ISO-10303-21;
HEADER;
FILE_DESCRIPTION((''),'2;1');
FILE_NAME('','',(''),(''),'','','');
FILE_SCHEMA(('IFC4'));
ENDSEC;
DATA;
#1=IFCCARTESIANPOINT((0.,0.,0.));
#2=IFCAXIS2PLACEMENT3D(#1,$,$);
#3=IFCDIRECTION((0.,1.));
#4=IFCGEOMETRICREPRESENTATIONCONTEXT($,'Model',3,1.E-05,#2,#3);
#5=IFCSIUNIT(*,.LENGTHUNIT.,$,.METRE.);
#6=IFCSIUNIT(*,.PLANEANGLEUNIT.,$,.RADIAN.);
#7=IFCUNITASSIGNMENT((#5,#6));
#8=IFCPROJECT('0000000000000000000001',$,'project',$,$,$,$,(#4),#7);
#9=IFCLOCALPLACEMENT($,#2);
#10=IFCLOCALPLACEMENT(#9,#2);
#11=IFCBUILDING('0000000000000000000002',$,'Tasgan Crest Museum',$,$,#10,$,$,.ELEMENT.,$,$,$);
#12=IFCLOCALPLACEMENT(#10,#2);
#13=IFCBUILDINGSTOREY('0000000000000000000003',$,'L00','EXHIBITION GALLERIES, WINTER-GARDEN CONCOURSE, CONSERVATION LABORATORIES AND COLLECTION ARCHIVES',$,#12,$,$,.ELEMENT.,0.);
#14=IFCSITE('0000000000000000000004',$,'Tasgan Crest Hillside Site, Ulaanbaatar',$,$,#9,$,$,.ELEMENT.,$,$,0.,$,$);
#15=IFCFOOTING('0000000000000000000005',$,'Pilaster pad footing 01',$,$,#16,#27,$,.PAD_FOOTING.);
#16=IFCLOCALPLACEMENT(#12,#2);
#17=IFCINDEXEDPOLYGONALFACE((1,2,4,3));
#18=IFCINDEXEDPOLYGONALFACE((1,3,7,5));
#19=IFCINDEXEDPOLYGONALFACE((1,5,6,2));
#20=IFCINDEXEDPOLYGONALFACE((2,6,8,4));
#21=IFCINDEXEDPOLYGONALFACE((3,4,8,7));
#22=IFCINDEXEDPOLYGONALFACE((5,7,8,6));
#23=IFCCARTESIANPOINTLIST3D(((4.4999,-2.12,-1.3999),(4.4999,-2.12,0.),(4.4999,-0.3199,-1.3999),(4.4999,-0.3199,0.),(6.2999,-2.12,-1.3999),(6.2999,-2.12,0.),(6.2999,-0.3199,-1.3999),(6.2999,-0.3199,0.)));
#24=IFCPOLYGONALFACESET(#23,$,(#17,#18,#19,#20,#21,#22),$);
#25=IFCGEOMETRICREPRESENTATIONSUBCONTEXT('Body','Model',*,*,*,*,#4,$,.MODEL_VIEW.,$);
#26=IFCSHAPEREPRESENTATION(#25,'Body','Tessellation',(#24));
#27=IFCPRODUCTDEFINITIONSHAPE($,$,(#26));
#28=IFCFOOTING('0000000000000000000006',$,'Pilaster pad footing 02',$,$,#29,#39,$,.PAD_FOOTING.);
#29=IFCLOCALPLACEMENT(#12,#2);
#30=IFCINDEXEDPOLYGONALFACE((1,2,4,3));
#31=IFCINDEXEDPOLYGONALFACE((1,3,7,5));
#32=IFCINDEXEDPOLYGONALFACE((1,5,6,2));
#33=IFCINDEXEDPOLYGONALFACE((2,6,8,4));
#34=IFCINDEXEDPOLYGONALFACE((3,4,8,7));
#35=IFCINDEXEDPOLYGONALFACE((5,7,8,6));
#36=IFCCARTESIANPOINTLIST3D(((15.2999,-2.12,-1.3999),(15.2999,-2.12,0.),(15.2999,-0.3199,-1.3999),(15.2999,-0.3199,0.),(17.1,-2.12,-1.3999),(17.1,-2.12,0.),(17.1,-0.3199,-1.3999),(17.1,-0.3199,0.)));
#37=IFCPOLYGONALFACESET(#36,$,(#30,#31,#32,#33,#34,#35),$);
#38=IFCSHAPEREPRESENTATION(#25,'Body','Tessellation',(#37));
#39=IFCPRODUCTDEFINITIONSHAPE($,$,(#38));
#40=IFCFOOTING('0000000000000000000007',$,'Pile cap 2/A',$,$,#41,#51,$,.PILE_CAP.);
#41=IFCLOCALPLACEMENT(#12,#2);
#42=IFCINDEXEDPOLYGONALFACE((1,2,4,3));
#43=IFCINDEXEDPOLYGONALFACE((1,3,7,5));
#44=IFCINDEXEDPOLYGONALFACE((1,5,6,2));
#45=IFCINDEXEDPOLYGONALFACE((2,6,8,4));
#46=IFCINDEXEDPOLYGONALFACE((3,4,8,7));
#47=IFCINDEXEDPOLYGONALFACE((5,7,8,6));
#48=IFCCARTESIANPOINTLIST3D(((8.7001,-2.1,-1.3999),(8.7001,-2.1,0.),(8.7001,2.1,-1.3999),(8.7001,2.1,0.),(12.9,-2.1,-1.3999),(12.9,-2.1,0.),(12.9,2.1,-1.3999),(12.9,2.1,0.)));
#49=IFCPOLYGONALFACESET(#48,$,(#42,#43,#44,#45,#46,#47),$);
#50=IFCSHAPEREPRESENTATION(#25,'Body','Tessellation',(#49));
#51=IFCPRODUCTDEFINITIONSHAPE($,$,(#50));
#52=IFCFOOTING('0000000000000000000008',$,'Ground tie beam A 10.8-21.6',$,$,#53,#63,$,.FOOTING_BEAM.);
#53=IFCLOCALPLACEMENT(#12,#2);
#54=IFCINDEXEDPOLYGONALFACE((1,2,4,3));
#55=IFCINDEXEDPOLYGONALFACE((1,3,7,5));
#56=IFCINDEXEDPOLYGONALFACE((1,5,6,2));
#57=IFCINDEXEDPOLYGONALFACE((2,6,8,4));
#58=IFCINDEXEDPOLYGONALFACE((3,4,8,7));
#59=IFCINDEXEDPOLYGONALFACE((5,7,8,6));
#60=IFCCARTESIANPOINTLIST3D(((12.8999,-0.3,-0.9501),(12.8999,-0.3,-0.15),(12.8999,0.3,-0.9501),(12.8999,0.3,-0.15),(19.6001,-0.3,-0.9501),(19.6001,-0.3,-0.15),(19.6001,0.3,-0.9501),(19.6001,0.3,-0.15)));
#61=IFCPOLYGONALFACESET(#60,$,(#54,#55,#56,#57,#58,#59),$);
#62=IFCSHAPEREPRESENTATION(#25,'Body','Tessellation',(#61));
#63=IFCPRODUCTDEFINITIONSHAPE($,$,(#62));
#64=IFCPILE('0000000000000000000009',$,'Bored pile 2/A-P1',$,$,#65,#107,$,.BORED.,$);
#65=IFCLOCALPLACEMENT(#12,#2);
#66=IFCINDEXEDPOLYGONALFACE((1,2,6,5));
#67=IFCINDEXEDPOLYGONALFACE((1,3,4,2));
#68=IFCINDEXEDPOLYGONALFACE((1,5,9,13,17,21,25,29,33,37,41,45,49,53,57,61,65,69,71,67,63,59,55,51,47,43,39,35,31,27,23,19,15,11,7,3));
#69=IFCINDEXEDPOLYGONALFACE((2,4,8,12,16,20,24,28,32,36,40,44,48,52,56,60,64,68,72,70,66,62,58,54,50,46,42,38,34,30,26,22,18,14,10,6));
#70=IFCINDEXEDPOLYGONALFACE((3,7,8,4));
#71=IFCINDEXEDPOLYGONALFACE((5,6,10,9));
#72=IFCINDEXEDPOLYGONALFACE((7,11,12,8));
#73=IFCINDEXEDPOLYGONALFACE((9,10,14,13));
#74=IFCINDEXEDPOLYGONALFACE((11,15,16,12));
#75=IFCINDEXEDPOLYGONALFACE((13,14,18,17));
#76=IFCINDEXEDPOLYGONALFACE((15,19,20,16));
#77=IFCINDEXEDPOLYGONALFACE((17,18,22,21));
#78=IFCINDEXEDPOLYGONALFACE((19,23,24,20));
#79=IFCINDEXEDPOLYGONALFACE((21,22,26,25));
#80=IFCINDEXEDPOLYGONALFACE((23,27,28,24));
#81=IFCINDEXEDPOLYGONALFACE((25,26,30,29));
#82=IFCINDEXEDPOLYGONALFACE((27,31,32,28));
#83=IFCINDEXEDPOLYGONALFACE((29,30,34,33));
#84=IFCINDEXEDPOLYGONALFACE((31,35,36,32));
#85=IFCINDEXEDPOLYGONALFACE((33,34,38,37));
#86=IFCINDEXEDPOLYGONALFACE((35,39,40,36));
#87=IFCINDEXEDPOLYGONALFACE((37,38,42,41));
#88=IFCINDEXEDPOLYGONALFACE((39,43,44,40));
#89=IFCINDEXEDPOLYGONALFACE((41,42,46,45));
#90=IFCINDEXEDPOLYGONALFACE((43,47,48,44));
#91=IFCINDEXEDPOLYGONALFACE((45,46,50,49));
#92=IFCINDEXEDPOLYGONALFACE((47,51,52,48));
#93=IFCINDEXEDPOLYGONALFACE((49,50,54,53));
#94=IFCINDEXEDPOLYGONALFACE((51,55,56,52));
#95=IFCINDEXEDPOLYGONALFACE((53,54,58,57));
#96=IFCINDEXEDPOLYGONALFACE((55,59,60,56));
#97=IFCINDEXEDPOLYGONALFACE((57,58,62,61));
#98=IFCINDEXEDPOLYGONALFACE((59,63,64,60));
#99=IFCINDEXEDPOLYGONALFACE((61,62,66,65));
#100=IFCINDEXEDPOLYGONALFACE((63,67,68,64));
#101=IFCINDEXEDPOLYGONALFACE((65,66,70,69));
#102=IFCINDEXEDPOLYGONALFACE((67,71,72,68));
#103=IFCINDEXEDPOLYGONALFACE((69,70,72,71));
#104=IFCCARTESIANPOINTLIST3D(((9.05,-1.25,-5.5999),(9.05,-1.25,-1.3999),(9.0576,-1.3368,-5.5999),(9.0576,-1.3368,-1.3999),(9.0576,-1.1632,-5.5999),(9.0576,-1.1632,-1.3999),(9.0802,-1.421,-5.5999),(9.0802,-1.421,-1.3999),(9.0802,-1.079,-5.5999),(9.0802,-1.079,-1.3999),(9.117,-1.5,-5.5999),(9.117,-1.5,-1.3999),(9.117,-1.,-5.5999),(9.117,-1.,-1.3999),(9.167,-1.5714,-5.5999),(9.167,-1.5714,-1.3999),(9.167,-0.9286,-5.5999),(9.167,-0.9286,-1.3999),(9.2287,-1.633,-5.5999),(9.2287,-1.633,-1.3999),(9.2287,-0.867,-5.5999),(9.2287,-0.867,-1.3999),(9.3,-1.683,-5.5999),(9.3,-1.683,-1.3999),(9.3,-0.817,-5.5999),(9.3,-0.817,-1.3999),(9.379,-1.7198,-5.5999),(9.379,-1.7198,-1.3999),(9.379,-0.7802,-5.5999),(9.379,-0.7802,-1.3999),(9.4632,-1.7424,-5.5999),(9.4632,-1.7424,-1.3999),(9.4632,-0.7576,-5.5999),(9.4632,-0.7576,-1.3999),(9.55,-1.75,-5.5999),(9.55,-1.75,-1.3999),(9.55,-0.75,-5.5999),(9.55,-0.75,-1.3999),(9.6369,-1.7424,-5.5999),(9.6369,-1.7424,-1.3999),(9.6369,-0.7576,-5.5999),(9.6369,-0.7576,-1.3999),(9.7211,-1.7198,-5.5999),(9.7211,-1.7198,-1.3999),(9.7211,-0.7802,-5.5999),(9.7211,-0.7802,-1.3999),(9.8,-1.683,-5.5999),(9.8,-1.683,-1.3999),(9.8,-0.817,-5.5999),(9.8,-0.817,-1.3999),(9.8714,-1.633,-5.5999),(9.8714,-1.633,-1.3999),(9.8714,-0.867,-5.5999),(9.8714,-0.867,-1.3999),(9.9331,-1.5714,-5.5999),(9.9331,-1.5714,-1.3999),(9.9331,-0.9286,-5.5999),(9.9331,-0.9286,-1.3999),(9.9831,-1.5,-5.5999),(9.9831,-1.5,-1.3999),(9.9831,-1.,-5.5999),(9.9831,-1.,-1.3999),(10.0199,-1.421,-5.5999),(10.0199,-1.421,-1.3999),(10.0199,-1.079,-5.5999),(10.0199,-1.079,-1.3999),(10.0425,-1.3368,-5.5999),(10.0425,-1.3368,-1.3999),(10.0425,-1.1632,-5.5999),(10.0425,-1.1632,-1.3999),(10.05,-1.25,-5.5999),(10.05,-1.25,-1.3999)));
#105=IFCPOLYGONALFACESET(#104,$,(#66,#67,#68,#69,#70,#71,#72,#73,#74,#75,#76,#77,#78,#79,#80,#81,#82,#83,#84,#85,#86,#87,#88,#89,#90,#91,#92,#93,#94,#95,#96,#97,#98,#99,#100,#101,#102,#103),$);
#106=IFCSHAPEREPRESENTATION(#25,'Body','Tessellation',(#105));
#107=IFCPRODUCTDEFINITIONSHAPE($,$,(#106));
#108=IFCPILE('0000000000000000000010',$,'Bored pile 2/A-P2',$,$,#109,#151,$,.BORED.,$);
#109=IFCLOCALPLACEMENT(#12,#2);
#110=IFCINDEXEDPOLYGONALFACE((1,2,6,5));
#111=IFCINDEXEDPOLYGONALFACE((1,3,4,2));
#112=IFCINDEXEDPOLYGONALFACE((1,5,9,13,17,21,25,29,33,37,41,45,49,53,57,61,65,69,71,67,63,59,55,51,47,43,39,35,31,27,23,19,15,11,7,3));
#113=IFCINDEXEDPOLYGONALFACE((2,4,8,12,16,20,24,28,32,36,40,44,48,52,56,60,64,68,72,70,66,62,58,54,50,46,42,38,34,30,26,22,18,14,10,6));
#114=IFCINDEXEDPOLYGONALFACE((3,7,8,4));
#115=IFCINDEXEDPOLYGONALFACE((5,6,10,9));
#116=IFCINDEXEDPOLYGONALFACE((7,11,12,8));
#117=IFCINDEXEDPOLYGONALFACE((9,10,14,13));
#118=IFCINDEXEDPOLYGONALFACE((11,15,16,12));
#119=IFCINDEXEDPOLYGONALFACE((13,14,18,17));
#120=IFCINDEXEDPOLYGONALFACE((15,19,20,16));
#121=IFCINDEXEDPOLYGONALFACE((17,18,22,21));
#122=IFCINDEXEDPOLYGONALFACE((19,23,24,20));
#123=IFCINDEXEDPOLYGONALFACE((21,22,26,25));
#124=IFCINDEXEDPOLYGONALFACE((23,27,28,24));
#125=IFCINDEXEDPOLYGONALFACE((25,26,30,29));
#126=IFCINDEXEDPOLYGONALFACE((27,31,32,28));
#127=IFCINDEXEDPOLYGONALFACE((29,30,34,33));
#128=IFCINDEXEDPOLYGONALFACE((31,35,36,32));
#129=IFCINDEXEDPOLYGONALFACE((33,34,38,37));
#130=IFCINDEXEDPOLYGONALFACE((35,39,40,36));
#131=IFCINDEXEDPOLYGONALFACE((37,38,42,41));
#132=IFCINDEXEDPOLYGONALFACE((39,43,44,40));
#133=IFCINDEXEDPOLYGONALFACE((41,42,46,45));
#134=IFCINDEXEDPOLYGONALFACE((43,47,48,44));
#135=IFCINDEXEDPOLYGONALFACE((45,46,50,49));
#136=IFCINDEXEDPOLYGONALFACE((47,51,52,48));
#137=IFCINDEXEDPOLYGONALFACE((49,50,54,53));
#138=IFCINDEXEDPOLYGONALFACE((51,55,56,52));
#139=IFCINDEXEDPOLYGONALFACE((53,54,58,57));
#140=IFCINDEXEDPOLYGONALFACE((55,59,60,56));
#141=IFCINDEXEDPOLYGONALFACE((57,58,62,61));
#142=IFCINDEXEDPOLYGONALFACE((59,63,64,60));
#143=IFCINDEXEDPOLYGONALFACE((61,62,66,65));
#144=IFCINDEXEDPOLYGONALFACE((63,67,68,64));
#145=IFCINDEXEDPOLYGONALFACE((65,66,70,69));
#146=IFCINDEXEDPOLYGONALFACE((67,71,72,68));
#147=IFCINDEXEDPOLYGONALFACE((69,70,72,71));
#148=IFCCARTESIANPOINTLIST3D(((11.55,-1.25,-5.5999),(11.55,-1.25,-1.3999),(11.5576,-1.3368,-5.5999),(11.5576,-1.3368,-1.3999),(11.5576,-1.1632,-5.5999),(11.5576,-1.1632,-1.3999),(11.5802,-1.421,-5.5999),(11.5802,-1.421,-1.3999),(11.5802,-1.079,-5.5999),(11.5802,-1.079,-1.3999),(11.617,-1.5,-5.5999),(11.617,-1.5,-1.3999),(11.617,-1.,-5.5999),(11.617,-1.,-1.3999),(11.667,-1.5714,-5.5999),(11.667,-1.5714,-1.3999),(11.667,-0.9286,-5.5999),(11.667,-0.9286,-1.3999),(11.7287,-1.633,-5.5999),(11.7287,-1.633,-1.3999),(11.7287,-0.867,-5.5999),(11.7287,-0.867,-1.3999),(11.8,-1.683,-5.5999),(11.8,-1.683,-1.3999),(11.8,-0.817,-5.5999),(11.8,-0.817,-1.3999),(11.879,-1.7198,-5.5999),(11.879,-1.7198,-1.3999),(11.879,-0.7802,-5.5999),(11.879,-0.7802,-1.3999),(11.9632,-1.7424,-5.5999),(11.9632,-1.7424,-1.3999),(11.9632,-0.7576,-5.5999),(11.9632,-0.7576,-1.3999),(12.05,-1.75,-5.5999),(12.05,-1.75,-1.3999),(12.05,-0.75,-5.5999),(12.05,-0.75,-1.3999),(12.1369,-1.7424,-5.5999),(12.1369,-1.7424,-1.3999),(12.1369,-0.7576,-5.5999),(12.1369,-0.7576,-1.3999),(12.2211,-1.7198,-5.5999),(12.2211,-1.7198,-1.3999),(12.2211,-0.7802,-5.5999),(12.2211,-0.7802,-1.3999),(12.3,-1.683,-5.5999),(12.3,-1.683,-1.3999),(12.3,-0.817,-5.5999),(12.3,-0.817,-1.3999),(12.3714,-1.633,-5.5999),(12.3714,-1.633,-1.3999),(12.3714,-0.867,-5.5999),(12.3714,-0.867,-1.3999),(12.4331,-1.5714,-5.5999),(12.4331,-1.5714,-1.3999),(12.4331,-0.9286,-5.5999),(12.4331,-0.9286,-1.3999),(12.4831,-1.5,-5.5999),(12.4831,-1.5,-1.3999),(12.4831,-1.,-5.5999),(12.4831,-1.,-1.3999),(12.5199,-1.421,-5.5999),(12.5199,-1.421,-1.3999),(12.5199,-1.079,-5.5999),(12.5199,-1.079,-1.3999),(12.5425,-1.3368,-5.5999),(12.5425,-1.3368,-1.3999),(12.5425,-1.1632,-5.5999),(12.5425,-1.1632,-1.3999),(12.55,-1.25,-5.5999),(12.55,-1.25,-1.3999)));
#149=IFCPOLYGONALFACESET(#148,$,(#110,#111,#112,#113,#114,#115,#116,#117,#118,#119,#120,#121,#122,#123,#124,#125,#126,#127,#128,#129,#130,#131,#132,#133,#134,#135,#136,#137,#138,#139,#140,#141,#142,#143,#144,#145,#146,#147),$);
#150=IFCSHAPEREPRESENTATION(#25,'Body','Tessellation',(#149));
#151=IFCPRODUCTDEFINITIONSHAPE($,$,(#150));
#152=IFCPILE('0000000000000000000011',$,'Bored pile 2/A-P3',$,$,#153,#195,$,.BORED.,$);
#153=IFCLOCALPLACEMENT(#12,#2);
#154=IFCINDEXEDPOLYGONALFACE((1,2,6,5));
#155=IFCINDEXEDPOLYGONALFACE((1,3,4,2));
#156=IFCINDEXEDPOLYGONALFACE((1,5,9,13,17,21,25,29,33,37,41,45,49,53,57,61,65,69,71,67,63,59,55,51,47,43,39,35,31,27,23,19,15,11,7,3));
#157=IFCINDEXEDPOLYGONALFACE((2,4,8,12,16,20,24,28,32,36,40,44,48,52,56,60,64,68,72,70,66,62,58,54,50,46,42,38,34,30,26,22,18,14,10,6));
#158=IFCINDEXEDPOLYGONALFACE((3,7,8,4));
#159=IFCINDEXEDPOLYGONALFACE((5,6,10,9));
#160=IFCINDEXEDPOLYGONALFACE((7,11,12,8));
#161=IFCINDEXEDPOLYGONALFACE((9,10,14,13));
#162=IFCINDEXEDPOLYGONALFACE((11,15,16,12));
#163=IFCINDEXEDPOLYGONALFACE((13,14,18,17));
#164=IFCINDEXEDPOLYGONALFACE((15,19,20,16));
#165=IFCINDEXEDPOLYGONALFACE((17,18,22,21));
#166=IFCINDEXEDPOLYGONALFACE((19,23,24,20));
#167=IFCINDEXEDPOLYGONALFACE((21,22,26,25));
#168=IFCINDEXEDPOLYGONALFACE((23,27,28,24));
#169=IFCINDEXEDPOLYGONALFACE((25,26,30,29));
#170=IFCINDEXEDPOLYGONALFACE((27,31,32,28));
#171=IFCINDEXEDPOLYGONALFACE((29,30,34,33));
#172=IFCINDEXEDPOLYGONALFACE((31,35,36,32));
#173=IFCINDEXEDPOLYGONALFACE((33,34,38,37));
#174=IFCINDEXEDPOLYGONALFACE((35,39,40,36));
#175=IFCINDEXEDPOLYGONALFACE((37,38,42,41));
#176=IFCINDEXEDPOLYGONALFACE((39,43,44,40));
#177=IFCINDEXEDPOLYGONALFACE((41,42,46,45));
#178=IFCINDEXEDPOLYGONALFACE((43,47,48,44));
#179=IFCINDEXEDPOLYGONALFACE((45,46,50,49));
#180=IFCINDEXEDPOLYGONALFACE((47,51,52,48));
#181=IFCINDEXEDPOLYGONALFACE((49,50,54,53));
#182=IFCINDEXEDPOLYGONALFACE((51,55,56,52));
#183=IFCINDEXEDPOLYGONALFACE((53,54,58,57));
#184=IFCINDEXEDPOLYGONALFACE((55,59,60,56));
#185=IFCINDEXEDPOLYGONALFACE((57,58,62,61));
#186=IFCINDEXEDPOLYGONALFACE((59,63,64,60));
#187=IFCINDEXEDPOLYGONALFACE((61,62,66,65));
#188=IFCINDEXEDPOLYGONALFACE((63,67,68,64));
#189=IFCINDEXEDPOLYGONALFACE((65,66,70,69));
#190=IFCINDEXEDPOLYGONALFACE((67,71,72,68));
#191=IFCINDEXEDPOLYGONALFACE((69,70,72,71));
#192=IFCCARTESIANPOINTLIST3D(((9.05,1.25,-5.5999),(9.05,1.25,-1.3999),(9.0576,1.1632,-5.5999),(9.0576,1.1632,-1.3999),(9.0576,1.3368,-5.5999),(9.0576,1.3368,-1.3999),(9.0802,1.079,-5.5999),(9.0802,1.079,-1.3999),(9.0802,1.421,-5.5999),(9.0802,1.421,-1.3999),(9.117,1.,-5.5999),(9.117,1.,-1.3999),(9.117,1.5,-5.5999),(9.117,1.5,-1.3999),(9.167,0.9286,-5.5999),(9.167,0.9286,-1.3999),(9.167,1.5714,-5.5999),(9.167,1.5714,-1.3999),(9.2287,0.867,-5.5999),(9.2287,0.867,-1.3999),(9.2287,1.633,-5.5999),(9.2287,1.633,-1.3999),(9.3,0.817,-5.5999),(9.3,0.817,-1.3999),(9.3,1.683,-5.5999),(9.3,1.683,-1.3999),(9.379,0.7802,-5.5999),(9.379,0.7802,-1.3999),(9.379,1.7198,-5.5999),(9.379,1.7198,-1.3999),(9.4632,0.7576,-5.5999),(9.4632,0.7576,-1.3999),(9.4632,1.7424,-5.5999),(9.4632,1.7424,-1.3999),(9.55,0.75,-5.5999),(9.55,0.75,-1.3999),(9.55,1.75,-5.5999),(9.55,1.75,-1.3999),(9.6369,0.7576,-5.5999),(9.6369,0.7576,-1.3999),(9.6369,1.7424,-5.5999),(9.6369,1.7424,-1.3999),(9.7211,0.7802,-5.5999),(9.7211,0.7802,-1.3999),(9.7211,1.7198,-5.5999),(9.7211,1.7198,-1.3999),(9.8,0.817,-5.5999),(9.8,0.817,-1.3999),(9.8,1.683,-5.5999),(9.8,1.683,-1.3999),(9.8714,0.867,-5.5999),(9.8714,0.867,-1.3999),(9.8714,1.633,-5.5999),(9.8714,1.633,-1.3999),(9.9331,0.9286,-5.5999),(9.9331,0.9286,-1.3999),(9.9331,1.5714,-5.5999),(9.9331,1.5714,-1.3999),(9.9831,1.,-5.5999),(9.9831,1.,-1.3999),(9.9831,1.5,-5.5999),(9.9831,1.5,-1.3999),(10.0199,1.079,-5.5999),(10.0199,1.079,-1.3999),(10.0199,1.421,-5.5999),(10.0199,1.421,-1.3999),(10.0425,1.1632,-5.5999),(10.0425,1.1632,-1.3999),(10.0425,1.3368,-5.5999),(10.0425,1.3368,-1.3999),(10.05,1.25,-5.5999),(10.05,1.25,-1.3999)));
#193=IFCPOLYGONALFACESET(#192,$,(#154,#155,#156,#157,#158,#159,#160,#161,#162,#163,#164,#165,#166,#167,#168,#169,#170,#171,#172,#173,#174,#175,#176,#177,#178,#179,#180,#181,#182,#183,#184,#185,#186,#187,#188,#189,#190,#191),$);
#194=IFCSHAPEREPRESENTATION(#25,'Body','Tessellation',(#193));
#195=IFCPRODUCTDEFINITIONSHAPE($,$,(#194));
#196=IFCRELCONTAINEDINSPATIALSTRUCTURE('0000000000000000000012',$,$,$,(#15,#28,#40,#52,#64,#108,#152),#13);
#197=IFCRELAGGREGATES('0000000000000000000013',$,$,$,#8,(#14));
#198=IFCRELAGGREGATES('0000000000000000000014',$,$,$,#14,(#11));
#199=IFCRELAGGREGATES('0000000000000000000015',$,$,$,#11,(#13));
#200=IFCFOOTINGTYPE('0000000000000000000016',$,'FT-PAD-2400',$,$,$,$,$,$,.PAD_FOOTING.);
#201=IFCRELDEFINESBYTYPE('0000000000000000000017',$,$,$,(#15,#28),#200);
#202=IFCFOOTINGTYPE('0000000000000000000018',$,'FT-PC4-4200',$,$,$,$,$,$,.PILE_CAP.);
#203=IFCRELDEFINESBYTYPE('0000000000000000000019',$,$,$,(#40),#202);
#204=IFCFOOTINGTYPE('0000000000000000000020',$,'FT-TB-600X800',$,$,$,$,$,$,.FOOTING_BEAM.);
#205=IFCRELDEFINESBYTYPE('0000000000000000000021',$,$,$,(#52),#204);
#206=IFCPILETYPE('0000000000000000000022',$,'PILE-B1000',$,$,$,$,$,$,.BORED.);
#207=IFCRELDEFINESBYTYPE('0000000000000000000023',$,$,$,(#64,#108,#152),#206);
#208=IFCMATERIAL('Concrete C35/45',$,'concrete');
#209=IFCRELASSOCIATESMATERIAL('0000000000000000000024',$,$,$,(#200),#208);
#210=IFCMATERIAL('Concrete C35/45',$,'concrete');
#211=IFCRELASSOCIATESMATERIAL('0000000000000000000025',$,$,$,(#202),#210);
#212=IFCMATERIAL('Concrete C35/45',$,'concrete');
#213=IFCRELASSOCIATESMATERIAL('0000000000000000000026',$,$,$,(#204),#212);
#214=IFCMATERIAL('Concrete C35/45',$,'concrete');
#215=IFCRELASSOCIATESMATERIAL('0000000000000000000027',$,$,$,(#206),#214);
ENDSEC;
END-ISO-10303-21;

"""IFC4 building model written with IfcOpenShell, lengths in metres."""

from ifc_helpers import new_model, si_unit, direction, frame, origin, origin_2d, place, context, subcontext, project, spatial, rectangle, circle, extrude, material, material_profile, profile_set, type_object, element, save


model = new_model("IFC4")

# Units and contexts
model_context = context("Model", 3, precision=1e-05, world=origin(), true_north=direction((0.0, 1.0)))
body_context = subcontext(model_context, "Body", "Model", "MODEL_VIEW")
ifc_project = project(units=[si_unit("LENGTHUNIT", "METRE"), si_unit("PLANEANGLEUNIT", "RADIAN")], contexts=[model_context])

# Site, building, storey
site_placement = place(None, origin())
site = spatial("IfcSite", under=ifc_project, at=site_placement, Name="Tasgan Crest Hillside Site, Ulaanbaatar", CompositionType="ELEMENT", RefElevation=0.0)
building_placement = place(site_placement, origin())
building = spatial("IfcBuilding", under=site, at=building_placement, Name="Tasgan Crest Museum", CompositionType="ELEMENT")
storey_placement = place(building_placement, origin())
storey = spatial("IfcBuildingStorey", under=building, at=storey_placement, Name="L00", Description="EXHIBITION GALLERIES, WINTER-GARDEN CONCOURSE, CONSERVATION LABORATORIES AND COLLECTION ARCHIVES", CompositionType="ELEMENT", Elevation=0.0)

# Footings
ifc_material_1 = material(Name="Concrete C35/45", Category="concrete")
footing_type_1 = type_object("IfcFootingType", Name="FT-PAD-2400", PredefinedType="PAD_FOOTING", material=ifc_material_1)
for number, where, z_axis, x_axis, name in (
    (1, (5.3999, -1.22, -1.3999), (0.0, 0.0, 1.0), (1.0, 0.0, 0.0), "Pilaster pad footing 01"),
    (2, (16.2, -1.22, -1.3999), (0.0, 0.0, 1.0), (1.0, 0.0, 0.0), "Pilaster pad footing 02"),
):
    element("IfcFooting", number, at=place(storey_placement, frame(where, z_axis=z_axis, x_axis=x_axis)), inside=storey, type_object=footing_type_1, Name=name, PredefinedType="PAD_FOOTING", context=body_context, shape_type="SweptSolid", body=[
        extrude(rectangle(XDim=1.8, YDim=1.8, at=origin_2d()), origin(), (0.0, 0.0, 1.0), 1.3999),
    ])
ifc_material_2 = material(Name="Concrete C35/45", Category="concrete")
footing_type_2 = type_object("IfcFootingType", Name="FT-PC4-4200", PredefinedType="PILE_CAP", material=ifc_material_2)
footing_1_placement = place(storey_placement, frame((10.8, 0.0, -1.3999), z_axis=(0.0, 0.0, 1.0), x_axis=(1.0, 0.0, 0.0)))
element("IfcFooting", 3, at=footing_1_placement, inside=storey, type_object=footing_type_2, Name="Pile cap 2/A", PredefinedType="PILE_CAP", context=body_context, shape_type="SweptSolid", body=[
    extrude(rectangle(XDim=4.2, YDim=4.2, at=origin_2d()), origin(), (0.0, 0.0, 1.0), 1.3999),
])
ifc_material_3 = material(Name="Concrete C35/45", Category="concrete")
ifc_material_profile_1 = material_profile(ifc_material_3, rectangle(XDim=0.6001, YDim=0.8, at=origin_2d()), Name="TB 600x800")
ifc_profile_set_1 = profile_set([ifc_material_profile_1], Name="Concrete C35/45")
footing_type_3 = type_object("IfcFootingType", Name="FT-TB-600X800", PredefinedType="FOOTING_BEAM", material=ifc_profile_set_1)
footing_2_placement = place(storey_placement, frame((12.8999, 0.0, -0.55), z_axis=(1.0, 0.0, 0.0), x_axis=(0.0, 1.0, 0.0)))
element("IfcFooting", 4, at=footing_2_placement, inside=storey, type_object=footing_type_3, Name="Ground tie beam A 10.8-21.6", PredefinedType="FOOTING_BEAM", context=body_context, shape_type="SweptSolid", body=[
    extrude(rectangle(XDim=0.6001, YDim=0.8, at=origin_2d()), origin(), (0.0, 0.0, 1.0), 6.7002),
])

# Piles
ifc_material_4 = material(Name="Concrete C35/45", Category="concrete")
ifc_material_profile_2 = material_profile(ifc_material_4, circle(Radius=0.5, at=origin_2d()), Name="PILE D1000")
ifc_profile_set_2 = profile_set([ifc_material_profile_2], Name="Concrete C35/45")
pile_type = type_object("IfcPileType", Name="PILE-B1000", PredefinedType="BORED", material=ifc_profile_set_2)
for number, where, z_axis, x_axis, name in (
    (5, (9.55, -1.25, -1.3999), (0.0, 0.0, -1.0), (1.0, 0.0, 0.0), "Bored pile 2/A-P1"),
    (6, (12.05, -1.25, -1.3999), (0.0, 0.0, -1.0), (1.0, 0.0, 0.0), "Bored pile 2/A-P2"),
    (7, (9.55, 1.25, -1.3999), (0.0, 0.0, -1.0), (1.0, 0.0, 0.0), "Bored pile 2/A-P3"),
):
    element("IfcPile", number, at=place(storey_placement, frame(where, z_axis=z_axis, x_axis=x_axis)), inside=storey, type_object=pile_type, Name=name, PredefinedType="BORED", context=body_context, shape_type="SweptSolid", body=[
        extrude(circle(Radius=0.5, at=origin_2d()), origin(), (0.0, 0.0, 1.0), 4.2),
    ])

save(model, "model.ifc")
